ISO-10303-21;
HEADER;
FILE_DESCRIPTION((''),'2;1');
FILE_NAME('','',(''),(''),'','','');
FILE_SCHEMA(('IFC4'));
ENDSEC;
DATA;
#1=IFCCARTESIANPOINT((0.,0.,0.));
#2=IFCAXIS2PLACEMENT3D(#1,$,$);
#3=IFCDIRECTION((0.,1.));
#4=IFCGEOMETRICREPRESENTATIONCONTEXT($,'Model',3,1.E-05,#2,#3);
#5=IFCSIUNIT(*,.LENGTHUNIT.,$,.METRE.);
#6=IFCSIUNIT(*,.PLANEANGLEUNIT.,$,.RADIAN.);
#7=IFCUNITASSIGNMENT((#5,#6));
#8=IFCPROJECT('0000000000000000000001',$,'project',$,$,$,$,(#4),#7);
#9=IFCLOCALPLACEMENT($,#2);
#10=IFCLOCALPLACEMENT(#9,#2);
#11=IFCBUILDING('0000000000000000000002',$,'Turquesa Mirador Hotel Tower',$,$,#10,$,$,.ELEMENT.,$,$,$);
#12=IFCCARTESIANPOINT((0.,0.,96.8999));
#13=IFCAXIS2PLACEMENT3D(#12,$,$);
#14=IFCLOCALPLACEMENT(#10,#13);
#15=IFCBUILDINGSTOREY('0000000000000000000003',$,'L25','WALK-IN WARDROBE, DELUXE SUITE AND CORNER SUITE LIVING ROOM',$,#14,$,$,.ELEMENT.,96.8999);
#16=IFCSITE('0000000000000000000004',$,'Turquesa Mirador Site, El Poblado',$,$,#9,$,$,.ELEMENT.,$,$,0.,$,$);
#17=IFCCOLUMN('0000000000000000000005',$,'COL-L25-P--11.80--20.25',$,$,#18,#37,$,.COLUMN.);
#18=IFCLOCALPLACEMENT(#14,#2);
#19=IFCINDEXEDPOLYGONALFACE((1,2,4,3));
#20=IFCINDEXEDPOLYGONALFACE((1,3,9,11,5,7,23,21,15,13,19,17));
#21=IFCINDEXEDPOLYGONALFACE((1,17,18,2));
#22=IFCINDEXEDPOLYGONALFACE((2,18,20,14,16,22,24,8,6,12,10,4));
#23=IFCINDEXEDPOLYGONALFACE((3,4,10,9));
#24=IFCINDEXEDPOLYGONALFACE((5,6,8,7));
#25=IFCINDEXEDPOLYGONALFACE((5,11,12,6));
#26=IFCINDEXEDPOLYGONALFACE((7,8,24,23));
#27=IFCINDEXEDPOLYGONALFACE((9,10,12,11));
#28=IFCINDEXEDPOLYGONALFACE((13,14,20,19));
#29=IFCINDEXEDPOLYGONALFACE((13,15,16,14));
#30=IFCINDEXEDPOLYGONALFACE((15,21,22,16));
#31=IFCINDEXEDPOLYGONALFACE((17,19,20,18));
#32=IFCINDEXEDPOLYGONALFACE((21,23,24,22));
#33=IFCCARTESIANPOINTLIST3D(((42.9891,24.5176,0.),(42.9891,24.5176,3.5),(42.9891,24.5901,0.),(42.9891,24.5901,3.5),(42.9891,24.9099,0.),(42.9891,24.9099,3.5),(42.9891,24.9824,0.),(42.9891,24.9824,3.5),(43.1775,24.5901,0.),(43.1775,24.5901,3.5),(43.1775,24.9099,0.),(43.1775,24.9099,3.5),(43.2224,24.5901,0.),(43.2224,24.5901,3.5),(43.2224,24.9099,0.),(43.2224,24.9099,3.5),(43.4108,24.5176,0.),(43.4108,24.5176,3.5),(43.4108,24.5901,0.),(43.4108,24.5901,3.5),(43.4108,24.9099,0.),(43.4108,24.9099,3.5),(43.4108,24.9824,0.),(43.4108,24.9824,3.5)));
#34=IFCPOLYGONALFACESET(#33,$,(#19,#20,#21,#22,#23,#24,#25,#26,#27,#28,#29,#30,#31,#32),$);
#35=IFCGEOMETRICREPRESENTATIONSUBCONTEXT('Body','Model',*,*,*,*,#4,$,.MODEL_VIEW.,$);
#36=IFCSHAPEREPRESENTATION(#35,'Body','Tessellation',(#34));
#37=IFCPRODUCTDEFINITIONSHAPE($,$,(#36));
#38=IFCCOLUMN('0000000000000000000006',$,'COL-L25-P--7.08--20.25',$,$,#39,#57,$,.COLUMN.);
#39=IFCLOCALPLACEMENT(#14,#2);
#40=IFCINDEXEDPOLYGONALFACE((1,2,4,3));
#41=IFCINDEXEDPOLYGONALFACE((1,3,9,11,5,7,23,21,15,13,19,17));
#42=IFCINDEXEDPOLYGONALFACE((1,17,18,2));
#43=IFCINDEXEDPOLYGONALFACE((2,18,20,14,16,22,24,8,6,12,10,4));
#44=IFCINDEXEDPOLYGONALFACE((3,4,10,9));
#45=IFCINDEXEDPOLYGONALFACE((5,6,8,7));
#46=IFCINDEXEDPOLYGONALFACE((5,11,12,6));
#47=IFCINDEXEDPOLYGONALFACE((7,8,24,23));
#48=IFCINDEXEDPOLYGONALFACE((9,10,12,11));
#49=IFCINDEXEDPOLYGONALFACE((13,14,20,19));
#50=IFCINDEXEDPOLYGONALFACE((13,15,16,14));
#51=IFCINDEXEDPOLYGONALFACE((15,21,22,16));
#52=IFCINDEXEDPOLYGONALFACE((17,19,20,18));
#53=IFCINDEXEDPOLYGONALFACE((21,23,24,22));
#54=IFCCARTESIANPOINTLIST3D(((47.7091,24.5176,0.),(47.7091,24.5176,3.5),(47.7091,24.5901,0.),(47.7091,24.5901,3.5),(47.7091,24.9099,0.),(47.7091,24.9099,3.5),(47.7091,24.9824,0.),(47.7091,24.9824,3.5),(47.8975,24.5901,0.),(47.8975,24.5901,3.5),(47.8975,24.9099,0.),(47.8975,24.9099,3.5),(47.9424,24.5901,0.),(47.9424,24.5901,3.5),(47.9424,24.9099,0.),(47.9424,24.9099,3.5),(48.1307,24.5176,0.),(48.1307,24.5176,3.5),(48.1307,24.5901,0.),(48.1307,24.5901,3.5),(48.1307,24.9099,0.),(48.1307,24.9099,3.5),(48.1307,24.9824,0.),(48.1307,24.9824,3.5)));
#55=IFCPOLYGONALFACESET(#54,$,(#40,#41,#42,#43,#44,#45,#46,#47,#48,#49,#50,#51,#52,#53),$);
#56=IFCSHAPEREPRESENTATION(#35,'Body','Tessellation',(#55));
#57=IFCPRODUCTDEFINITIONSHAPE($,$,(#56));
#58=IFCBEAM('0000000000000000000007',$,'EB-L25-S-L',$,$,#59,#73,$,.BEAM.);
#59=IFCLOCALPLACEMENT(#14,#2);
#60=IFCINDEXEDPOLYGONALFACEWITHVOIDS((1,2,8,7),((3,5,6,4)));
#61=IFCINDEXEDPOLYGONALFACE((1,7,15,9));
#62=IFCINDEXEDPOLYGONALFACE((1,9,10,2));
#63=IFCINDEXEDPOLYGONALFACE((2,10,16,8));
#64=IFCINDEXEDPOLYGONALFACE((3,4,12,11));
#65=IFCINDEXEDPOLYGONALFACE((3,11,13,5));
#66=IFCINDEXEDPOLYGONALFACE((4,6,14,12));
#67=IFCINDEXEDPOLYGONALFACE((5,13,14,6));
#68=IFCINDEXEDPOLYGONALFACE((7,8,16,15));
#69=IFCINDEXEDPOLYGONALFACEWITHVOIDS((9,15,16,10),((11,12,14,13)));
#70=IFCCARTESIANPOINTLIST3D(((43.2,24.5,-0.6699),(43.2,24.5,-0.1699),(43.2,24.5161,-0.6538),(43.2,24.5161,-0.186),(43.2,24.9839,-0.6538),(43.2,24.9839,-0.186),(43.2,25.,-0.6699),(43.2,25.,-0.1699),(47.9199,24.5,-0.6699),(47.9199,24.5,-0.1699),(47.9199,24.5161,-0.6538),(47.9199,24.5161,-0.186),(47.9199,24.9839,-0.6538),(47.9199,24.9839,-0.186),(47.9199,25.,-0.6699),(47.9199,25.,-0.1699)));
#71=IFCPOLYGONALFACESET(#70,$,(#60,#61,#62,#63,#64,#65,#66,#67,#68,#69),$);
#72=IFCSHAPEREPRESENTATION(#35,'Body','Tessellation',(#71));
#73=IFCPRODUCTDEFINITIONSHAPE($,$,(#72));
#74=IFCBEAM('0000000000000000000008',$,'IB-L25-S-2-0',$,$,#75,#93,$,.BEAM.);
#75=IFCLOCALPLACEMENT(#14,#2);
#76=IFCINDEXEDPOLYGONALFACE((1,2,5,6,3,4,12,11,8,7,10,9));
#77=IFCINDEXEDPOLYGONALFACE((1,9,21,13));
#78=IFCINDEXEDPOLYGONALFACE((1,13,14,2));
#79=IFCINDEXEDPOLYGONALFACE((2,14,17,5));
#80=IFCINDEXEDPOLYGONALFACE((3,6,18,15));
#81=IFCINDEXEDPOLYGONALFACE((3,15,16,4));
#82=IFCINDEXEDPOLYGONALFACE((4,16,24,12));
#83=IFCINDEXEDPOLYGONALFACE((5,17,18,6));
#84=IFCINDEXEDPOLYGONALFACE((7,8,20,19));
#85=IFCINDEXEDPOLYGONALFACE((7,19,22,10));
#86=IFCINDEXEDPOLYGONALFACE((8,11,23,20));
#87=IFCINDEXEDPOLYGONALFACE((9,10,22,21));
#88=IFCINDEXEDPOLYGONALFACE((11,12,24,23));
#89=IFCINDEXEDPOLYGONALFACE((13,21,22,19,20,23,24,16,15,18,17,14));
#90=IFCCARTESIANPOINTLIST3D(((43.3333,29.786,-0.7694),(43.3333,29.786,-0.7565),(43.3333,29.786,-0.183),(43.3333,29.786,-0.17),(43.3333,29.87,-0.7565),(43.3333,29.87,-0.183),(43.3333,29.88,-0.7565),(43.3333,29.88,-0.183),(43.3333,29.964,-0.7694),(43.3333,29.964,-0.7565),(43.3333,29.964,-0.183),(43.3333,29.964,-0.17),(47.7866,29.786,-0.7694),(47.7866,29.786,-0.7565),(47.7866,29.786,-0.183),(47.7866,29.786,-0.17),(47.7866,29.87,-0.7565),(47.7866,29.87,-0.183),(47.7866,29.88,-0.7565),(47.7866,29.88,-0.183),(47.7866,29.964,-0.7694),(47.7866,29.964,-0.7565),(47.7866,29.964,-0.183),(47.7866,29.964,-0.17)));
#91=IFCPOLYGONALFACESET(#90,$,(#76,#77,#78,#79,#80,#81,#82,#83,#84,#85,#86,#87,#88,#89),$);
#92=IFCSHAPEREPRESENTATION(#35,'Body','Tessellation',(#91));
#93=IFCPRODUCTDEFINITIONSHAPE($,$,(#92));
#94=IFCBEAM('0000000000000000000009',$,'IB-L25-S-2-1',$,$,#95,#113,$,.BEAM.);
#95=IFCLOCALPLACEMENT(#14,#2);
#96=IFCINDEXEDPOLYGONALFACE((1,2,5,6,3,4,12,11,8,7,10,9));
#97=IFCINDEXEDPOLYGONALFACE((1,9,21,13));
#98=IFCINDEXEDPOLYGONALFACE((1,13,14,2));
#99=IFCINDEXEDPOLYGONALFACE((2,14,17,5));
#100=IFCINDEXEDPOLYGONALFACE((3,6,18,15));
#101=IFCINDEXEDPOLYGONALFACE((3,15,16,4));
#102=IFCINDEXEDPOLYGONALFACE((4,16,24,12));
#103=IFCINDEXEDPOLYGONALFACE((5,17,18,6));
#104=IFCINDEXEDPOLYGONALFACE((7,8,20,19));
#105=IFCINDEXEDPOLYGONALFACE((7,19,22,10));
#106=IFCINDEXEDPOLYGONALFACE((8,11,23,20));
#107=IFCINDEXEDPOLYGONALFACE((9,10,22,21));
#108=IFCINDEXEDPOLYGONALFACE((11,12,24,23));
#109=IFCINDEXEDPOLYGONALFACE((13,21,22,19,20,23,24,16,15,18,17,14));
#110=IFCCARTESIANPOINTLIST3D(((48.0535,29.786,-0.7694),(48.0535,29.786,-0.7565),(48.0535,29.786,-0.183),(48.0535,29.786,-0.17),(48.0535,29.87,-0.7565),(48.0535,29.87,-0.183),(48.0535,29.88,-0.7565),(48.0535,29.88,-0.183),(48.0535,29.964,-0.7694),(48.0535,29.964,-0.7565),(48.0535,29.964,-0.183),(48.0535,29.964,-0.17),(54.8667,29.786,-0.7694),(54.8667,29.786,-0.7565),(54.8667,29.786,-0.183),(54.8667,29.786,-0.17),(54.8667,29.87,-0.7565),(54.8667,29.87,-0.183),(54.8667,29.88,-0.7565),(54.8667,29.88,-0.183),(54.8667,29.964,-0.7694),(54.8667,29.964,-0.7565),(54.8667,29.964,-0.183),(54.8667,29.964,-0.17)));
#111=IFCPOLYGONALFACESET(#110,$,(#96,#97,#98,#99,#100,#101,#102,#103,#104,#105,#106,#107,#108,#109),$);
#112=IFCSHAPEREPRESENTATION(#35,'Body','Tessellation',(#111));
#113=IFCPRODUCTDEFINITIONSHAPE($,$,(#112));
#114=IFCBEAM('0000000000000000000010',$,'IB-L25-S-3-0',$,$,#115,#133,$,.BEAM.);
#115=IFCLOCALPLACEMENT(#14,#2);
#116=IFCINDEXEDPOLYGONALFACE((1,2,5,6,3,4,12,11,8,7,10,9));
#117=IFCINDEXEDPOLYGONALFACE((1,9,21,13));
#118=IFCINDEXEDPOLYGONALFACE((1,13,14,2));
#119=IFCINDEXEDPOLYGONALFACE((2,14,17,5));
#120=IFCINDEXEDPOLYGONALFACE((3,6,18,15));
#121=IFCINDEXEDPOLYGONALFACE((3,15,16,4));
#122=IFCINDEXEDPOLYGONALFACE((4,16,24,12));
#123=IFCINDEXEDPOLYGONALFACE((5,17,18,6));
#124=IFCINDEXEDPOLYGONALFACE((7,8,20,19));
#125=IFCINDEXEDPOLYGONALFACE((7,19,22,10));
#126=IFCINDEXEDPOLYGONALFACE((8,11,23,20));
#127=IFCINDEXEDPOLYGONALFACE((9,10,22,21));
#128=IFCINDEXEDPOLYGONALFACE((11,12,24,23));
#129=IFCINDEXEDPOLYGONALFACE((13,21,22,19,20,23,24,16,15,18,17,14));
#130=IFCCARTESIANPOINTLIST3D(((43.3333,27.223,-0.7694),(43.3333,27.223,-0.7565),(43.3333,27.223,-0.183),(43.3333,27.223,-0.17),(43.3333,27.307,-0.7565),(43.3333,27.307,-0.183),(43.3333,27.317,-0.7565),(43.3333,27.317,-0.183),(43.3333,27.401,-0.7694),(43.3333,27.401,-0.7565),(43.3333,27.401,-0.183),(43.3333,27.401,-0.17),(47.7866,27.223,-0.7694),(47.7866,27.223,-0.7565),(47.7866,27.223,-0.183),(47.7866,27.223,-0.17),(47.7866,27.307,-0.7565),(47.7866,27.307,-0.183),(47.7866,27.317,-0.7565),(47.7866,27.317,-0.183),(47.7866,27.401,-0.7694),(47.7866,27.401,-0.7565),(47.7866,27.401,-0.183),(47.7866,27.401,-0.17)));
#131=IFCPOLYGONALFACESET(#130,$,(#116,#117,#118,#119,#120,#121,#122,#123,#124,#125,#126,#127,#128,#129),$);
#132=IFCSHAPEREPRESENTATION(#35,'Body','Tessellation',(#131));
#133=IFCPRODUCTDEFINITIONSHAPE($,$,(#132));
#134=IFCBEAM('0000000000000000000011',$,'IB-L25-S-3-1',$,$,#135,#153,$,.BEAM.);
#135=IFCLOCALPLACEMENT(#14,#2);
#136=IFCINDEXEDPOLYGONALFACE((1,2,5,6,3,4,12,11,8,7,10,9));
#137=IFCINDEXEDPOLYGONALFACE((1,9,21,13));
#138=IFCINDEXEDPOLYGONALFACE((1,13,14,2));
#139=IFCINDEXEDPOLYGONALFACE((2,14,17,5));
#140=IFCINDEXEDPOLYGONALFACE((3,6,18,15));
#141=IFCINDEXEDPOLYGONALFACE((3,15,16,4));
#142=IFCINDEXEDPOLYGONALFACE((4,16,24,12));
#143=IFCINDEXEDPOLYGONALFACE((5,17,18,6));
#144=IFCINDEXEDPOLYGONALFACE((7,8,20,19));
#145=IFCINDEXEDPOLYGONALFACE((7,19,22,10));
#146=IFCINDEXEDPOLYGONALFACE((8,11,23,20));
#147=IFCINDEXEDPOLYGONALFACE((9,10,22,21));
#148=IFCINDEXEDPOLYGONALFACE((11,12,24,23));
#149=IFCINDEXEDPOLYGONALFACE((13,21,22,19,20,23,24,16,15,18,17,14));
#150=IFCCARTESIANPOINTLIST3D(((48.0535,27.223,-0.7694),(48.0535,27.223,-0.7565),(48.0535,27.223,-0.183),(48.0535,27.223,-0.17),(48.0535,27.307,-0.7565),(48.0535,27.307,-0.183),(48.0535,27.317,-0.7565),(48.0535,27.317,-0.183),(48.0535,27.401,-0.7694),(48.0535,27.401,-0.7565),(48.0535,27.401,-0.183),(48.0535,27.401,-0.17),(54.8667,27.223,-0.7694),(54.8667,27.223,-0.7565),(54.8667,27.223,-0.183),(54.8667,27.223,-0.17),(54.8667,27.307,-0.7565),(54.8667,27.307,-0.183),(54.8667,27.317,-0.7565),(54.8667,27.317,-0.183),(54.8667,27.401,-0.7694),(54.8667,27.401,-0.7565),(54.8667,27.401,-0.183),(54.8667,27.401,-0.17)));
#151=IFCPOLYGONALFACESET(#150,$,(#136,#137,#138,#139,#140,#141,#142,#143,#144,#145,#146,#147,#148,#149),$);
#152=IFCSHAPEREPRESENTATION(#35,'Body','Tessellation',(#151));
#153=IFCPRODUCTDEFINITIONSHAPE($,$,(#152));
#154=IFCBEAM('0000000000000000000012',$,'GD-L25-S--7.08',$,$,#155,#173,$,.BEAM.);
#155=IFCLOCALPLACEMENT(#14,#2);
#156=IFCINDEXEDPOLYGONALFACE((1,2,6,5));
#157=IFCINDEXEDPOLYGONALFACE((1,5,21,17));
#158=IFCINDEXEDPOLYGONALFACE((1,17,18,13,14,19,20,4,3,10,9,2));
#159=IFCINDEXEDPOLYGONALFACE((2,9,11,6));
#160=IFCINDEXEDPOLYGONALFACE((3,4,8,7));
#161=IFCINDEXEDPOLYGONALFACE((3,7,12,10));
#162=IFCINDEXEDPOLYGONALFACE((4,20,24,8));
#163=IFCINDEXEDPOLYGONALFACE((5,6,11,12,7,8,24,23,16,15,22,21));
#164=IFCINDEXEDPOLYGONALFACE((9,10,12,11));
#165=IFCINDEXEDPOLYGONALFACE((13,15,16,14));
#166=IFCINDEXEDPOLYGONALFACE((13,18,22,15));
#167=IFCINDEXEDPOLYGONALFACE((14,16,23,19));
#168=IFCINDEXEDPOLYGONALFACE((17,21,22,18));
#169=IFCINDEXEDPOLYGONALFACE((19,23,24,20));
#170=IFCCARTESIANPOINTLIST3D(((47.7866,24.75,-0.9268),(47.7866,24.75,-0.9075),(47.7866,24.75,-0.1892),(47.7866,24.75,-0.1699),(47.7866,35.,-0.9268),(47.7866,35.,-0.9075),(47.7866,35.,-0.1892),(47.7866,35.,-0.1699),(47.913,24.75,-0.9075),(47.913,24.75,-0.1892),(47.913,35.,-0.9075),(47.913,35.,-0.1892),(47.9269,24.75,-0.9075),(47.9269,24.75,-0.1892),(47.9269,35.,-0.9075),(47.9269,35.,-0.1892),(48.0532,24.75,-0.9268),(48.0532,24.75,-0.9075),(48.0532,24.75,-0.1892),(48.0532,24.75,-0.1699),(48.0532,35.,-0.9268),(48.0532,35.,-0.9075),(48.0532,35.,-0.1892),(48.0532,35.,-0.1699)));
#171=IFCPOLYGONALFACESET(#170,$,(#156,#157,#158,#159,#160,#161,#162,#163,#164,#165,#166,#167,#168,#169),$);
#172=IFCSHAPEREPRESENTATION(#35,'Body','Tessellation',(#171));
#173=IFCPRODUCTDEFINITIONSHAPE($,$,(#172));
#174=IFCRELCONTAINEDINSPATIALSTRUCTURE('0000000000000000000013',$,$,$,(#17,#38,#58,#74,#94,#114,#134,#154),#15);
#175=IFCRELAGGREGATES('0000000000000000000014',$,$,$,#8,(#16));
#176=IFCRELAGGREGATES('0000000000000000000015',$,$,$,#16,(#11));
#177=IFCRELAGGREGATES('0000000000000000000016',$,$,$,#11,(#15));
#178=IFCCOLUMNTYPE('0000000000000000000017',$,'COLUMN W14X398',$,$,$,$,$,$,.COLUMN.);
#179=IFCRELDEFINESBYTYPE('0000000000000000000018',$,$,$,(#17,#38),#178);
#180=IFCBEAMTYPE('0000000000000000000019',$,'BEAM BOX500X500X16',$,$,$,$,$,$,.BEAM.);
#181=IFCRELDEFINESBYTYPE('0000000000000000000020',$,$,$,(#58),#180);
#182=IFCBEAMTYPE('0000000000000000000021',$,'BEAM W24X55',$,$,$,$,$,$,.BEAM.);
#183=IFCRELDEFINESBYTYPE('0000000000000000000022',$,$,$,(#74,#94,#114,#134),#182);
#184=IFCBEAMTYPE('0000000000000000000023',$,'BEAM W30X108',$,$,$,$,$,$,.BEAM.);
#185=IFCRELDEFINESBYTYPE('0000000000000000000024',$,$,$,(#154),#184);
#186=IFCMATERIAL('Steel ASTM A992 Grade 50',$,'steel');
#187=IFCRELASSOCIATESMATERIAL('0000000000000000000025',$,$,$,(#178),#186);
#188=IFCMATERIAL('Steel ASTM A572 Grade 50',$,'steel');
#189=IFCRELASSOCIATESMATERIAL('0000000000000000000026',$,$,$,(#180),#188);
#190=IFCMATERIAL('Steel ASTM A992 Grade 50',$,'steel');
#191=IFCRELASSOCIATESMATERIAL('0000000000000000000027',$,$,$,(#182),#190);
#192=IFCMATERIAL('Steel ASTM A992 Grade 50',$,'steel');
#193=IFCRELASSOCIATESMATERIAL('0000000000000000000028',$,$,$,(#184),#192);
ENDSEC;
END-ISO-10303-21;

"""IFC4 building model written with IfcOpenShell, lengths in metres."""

from ifc_helpers import new_model, si_unit, direction, frame, origin, origin_2d, place, context, subcontext, project, spatial, hollow_rectangle, i_section, extrude, material, material_profile, profile_set, type_object, element, save


model = new_model("IFC4")

# Units and contexts
model_context = context("Model", 3, precision=1e-05, world=origin(), true_north=direction((0.0, 1.0)))
body_context = subcontext(model_context, "Body", "Model", "MODEL_VIEW")
ifc_project = project(units=[si_unit("LENGTHUNIT", "METRE"), si_unit("PLANEANGLEUNIT", "RADIAN")], contexts=[model_context])

# Site, building, storey
site_placement = place(None, origin())
site = spatial("IfcSite", under=ifc_project, at=site_placement, Name="Turquesa Mirador Site, El Poblado", CompositionType="ELEMENT", RefElevation=0.0)
building_placement = place(site_placement, origin())
building = spatial("IfcBuilding", under=site, at=building_placement, Name="Turquesa Mirador Hotel Tower", CompositionType="ELEMENT")
storey_placement = place(building_placement, frame((0.0, 0.0, 96.8999)))
storey = spatial("IfcBuildingStorey", under=building, at=storey_placement, Name="L25", Description="WALK-IN WARDROBE, DELUXE SUITE AND CORNER SUITE LIVING ROOM", CompositionType="ELEMENT", Elevation=96.8999)

# Columns
ifc_material_1 = material(Name="Steel ASTM A992 Grade 50", Category="steel")
ifc_material_profile_1 = material_profile(ifc_material_1, i_section(OverallWidth=0.4216, OverallDepth=0.4648, WebThickness=0.0449, FlangeThickness=0.0725, at=origin_2d()), Name="W14X398")
ifc_profile_set_1 = profile_set([ifc_material_profile_1], Name="Steel ASTM A992 Grade 50")
column_type = type_object("IfcColumnType", Name="COLUMN W14X398", PredefinedType="COLUMN", material=ifc_profile_set_1)
for number, where, z_axis, x_axis, name in (
    (1, (43.2, 24.75, 0.0), (0.0, 0.0, 1.0), (1.0, 0.0, 0.0), "COL-L25-P--11.80--20.25"),
    (2, (47.9199, 24.75, 0.0), (0.0, 0.0, 1.0), (1.0, 0.0, 0.0), "COL-L25-P--7.08--20.25"),
):
    element("IfcColumn", number, at=place(storey_placement, frame(where, z_axis=z_axis, x_axis=x_axis)), inside=storey, type_object=column_type, Name=name, PredefinedType="COLUMN", context=body_context, shape_type="SweptSolid", body=[
        extrude(i_section(OverallWidth=0.4216, OverallDepth=0.4648, WebThickness=0.0449, FlangeThickness=0.0725, at=origin_2d()), origin(), (0.0, 0.0, 1.0), 3.5),
    ])

# Beams
ifc_material_2 = material(Name="Steel ASTM A572 Grade 50", Category="steel")
ifc_material_profile_2 = material_profile(ifc_material_2, hollow_rectangle(XDim=0.5, YDim=0.5, WallThickness=0.0161, at=origin_2d()), Name="BOX500X500X16")
ifc_profile_set_2 = profile_set([ifc_material_profile_2], Name="Steel ASTM A572 Grade 50")
beam_type_1 = type_object("IfcBeamType", Name="BEAM BOX500X500X16", PredefinedType="BEAM", material=ifc_profile_set_2)
beam_1_placement = place(storey_placement, frame((43.2, 24.75, -0.4199), z_axis=(1.0, 0.0, 0.0), x_axis=(0.0, 1.0, 0.0)))
element("IfcBeam", 3, at=beam_1_placement, inside=storey, type_object=beam_type_1, Name="EB-L25-S-L", PredefinedType="BEAM", context=body_context, shape_type="SweptSolid", body=[
    extrude(hollow_rectangle(XDim=0.5, YDim=0.5, WallThickness=0.0161, at=origin_2d()), origin(), (0.0, 0.0, 1.0), 4.72),
])
ifc_material_3 = material(Name="Steel ASTM A992 Grade 50", Category="steel")
ifc_material_profile_3 = material_profile(ifc_material_3, i_section(OverallWidth=0.178, OverallDepth=0.5994, WebThickness=0.01, FlangeThickness=0.0129, at=origin_2d()), Name="W24X55")
ifc_profile_set_3 = profile_set([ifc_material_profile_3], Name="Steel ASTM A992 Grade 50")
beam_type_2 = type_object("IfcBeamType", Name="BEAM W24X55", PredefinedType="BEAM", material=ifc_profile_set_3)
beam_2_placement = place(storey_placement, frame((43.3333, 29.875, -0.4697), z_axis=(1.0, 0.0, 0.0), x_axis=(0.0, 1.0, 0.0)))
element("IfcBeam", 4, at=beam_2_placement, inside=storey, type_object=beam_type_2, Name="IB-L25-S-2-0", PredefinedType="BEAM", context=body_context, shape_type="SweptSolid", body=[
    extrude(i_section(OverallWidth=0.178, OverallDepth=0.5994, WebThickness=0.01, FlangeThickness=0.0129, at=origin_2d()), origin(), (0.0, 0.0, 1.0), 4.4534),
])
beam_3_placement = place(storey_placement, frame((48.0535, 29.875, -0.4697), z_axis=(1.0, 0.0, 0.0), x_axis=(0.0, 1.0, 0.0)))
element("IfcBeam", 5, at=beam_3_placement, inside=storey, type_object=beam_type_2, Name="IB-L25-S-2-1", PredefinedType="BEAM", context=body_context, shape_type="SweptSolid", body=[
    extrude(i_section(OverallWidth=0.178, OverallDepth=0.5994, WebThickness=0.01, FlangeThickness=0.0129, at=origin_2d()), origin(), (0.0, 0.0, 1.0), 6.8132),
])
beam_4_placement = place(storey_placement, frame((43.3333, 27.312, -0.4697), z_axis=(1.0, 0.0, 0.0), x_axis=(0.0, 1.0, 0.0)))
element("IfcBeam", 6, at=beam_4_placement, inside=storey, type_object=beam_type_2, Name="IB-L25-S-3-0", PredefinedType="BEAM", context=body_context, shape_type="SweptSolid", body=[
    extrude(i_section(OverallWidth=0.178, OverallDepth=0.5994, WebThickness=0.01, FlangeThickness=0.0129, at=origin_2d()), origin(), (0.0, 0.0, 1.0), 4.4534),
])
beam_5_placement = place(storey_placement, frame((48.0535, 27.312, -0.4697), z_axis=(1.0, 0.0, 0.0), x_axis=(0.0, 1.0, 0.0)))
element("IfcBeam", 7, at=beam_5_placement, inside=storey, type_object=beam_type_2, Name="IB-L25-S-3-1", PredefinedType="BEAM", context=body_context, shape_type="SweptSolid", body=[
    extrude(i_section(OverallWidth=0.178, OverallDepth=0.5994, WebThickness=0.01, FlangeThickness=0.0129, at=origin_2d()), origin(), (0.0, 0.0, 1.0), 6.8132),
])
ifc_material_4 = material(Name="Steel ASTM A992 Grade 50", Category="steel")
ifc_material_profile_4 = material_profile(ifc_material_4, i_section(OverallWidth=0.2666, OverallDepth=0.7568, WebThickness=0.0139, FlangeThickness=0.0193, at=origin_2d()), Name="W30X108")
ifc_profile_set_4 = profile_set([ifc_material_profile_4], Name="Steel ASTM A992 Grade 50")
beam_type_3 = type_object("IfcBeamType", Name="BEAM W30X108", PredefinedType="BEAM", material=ifc_profile_set_4)
beam_6_placement = place(storey_placement, frame((47.9199, 24.75, -0.5483), z_axis=(0.0, 1.0, 0.0), x_axis=(-1.0, 0.0, 0.0)))
element("IfcBeam", 8, at=beam_6_placement, inside=storey, type_object=beam_type_3, Name="GD-L25-S--7.08", PredefinedType="BEAM", context=body_context, shape_type="SweptSolid", body=[
    extrude(i_section(OverallWidth=0.2666, OverallDepth=0.7568, WebThickness=0.0139, FlangeThickness=0.0193, at=origin_2d()), origin(), (0.0, 0.0, 1.0), 10.25),
])

save(model, "model.ifc")
